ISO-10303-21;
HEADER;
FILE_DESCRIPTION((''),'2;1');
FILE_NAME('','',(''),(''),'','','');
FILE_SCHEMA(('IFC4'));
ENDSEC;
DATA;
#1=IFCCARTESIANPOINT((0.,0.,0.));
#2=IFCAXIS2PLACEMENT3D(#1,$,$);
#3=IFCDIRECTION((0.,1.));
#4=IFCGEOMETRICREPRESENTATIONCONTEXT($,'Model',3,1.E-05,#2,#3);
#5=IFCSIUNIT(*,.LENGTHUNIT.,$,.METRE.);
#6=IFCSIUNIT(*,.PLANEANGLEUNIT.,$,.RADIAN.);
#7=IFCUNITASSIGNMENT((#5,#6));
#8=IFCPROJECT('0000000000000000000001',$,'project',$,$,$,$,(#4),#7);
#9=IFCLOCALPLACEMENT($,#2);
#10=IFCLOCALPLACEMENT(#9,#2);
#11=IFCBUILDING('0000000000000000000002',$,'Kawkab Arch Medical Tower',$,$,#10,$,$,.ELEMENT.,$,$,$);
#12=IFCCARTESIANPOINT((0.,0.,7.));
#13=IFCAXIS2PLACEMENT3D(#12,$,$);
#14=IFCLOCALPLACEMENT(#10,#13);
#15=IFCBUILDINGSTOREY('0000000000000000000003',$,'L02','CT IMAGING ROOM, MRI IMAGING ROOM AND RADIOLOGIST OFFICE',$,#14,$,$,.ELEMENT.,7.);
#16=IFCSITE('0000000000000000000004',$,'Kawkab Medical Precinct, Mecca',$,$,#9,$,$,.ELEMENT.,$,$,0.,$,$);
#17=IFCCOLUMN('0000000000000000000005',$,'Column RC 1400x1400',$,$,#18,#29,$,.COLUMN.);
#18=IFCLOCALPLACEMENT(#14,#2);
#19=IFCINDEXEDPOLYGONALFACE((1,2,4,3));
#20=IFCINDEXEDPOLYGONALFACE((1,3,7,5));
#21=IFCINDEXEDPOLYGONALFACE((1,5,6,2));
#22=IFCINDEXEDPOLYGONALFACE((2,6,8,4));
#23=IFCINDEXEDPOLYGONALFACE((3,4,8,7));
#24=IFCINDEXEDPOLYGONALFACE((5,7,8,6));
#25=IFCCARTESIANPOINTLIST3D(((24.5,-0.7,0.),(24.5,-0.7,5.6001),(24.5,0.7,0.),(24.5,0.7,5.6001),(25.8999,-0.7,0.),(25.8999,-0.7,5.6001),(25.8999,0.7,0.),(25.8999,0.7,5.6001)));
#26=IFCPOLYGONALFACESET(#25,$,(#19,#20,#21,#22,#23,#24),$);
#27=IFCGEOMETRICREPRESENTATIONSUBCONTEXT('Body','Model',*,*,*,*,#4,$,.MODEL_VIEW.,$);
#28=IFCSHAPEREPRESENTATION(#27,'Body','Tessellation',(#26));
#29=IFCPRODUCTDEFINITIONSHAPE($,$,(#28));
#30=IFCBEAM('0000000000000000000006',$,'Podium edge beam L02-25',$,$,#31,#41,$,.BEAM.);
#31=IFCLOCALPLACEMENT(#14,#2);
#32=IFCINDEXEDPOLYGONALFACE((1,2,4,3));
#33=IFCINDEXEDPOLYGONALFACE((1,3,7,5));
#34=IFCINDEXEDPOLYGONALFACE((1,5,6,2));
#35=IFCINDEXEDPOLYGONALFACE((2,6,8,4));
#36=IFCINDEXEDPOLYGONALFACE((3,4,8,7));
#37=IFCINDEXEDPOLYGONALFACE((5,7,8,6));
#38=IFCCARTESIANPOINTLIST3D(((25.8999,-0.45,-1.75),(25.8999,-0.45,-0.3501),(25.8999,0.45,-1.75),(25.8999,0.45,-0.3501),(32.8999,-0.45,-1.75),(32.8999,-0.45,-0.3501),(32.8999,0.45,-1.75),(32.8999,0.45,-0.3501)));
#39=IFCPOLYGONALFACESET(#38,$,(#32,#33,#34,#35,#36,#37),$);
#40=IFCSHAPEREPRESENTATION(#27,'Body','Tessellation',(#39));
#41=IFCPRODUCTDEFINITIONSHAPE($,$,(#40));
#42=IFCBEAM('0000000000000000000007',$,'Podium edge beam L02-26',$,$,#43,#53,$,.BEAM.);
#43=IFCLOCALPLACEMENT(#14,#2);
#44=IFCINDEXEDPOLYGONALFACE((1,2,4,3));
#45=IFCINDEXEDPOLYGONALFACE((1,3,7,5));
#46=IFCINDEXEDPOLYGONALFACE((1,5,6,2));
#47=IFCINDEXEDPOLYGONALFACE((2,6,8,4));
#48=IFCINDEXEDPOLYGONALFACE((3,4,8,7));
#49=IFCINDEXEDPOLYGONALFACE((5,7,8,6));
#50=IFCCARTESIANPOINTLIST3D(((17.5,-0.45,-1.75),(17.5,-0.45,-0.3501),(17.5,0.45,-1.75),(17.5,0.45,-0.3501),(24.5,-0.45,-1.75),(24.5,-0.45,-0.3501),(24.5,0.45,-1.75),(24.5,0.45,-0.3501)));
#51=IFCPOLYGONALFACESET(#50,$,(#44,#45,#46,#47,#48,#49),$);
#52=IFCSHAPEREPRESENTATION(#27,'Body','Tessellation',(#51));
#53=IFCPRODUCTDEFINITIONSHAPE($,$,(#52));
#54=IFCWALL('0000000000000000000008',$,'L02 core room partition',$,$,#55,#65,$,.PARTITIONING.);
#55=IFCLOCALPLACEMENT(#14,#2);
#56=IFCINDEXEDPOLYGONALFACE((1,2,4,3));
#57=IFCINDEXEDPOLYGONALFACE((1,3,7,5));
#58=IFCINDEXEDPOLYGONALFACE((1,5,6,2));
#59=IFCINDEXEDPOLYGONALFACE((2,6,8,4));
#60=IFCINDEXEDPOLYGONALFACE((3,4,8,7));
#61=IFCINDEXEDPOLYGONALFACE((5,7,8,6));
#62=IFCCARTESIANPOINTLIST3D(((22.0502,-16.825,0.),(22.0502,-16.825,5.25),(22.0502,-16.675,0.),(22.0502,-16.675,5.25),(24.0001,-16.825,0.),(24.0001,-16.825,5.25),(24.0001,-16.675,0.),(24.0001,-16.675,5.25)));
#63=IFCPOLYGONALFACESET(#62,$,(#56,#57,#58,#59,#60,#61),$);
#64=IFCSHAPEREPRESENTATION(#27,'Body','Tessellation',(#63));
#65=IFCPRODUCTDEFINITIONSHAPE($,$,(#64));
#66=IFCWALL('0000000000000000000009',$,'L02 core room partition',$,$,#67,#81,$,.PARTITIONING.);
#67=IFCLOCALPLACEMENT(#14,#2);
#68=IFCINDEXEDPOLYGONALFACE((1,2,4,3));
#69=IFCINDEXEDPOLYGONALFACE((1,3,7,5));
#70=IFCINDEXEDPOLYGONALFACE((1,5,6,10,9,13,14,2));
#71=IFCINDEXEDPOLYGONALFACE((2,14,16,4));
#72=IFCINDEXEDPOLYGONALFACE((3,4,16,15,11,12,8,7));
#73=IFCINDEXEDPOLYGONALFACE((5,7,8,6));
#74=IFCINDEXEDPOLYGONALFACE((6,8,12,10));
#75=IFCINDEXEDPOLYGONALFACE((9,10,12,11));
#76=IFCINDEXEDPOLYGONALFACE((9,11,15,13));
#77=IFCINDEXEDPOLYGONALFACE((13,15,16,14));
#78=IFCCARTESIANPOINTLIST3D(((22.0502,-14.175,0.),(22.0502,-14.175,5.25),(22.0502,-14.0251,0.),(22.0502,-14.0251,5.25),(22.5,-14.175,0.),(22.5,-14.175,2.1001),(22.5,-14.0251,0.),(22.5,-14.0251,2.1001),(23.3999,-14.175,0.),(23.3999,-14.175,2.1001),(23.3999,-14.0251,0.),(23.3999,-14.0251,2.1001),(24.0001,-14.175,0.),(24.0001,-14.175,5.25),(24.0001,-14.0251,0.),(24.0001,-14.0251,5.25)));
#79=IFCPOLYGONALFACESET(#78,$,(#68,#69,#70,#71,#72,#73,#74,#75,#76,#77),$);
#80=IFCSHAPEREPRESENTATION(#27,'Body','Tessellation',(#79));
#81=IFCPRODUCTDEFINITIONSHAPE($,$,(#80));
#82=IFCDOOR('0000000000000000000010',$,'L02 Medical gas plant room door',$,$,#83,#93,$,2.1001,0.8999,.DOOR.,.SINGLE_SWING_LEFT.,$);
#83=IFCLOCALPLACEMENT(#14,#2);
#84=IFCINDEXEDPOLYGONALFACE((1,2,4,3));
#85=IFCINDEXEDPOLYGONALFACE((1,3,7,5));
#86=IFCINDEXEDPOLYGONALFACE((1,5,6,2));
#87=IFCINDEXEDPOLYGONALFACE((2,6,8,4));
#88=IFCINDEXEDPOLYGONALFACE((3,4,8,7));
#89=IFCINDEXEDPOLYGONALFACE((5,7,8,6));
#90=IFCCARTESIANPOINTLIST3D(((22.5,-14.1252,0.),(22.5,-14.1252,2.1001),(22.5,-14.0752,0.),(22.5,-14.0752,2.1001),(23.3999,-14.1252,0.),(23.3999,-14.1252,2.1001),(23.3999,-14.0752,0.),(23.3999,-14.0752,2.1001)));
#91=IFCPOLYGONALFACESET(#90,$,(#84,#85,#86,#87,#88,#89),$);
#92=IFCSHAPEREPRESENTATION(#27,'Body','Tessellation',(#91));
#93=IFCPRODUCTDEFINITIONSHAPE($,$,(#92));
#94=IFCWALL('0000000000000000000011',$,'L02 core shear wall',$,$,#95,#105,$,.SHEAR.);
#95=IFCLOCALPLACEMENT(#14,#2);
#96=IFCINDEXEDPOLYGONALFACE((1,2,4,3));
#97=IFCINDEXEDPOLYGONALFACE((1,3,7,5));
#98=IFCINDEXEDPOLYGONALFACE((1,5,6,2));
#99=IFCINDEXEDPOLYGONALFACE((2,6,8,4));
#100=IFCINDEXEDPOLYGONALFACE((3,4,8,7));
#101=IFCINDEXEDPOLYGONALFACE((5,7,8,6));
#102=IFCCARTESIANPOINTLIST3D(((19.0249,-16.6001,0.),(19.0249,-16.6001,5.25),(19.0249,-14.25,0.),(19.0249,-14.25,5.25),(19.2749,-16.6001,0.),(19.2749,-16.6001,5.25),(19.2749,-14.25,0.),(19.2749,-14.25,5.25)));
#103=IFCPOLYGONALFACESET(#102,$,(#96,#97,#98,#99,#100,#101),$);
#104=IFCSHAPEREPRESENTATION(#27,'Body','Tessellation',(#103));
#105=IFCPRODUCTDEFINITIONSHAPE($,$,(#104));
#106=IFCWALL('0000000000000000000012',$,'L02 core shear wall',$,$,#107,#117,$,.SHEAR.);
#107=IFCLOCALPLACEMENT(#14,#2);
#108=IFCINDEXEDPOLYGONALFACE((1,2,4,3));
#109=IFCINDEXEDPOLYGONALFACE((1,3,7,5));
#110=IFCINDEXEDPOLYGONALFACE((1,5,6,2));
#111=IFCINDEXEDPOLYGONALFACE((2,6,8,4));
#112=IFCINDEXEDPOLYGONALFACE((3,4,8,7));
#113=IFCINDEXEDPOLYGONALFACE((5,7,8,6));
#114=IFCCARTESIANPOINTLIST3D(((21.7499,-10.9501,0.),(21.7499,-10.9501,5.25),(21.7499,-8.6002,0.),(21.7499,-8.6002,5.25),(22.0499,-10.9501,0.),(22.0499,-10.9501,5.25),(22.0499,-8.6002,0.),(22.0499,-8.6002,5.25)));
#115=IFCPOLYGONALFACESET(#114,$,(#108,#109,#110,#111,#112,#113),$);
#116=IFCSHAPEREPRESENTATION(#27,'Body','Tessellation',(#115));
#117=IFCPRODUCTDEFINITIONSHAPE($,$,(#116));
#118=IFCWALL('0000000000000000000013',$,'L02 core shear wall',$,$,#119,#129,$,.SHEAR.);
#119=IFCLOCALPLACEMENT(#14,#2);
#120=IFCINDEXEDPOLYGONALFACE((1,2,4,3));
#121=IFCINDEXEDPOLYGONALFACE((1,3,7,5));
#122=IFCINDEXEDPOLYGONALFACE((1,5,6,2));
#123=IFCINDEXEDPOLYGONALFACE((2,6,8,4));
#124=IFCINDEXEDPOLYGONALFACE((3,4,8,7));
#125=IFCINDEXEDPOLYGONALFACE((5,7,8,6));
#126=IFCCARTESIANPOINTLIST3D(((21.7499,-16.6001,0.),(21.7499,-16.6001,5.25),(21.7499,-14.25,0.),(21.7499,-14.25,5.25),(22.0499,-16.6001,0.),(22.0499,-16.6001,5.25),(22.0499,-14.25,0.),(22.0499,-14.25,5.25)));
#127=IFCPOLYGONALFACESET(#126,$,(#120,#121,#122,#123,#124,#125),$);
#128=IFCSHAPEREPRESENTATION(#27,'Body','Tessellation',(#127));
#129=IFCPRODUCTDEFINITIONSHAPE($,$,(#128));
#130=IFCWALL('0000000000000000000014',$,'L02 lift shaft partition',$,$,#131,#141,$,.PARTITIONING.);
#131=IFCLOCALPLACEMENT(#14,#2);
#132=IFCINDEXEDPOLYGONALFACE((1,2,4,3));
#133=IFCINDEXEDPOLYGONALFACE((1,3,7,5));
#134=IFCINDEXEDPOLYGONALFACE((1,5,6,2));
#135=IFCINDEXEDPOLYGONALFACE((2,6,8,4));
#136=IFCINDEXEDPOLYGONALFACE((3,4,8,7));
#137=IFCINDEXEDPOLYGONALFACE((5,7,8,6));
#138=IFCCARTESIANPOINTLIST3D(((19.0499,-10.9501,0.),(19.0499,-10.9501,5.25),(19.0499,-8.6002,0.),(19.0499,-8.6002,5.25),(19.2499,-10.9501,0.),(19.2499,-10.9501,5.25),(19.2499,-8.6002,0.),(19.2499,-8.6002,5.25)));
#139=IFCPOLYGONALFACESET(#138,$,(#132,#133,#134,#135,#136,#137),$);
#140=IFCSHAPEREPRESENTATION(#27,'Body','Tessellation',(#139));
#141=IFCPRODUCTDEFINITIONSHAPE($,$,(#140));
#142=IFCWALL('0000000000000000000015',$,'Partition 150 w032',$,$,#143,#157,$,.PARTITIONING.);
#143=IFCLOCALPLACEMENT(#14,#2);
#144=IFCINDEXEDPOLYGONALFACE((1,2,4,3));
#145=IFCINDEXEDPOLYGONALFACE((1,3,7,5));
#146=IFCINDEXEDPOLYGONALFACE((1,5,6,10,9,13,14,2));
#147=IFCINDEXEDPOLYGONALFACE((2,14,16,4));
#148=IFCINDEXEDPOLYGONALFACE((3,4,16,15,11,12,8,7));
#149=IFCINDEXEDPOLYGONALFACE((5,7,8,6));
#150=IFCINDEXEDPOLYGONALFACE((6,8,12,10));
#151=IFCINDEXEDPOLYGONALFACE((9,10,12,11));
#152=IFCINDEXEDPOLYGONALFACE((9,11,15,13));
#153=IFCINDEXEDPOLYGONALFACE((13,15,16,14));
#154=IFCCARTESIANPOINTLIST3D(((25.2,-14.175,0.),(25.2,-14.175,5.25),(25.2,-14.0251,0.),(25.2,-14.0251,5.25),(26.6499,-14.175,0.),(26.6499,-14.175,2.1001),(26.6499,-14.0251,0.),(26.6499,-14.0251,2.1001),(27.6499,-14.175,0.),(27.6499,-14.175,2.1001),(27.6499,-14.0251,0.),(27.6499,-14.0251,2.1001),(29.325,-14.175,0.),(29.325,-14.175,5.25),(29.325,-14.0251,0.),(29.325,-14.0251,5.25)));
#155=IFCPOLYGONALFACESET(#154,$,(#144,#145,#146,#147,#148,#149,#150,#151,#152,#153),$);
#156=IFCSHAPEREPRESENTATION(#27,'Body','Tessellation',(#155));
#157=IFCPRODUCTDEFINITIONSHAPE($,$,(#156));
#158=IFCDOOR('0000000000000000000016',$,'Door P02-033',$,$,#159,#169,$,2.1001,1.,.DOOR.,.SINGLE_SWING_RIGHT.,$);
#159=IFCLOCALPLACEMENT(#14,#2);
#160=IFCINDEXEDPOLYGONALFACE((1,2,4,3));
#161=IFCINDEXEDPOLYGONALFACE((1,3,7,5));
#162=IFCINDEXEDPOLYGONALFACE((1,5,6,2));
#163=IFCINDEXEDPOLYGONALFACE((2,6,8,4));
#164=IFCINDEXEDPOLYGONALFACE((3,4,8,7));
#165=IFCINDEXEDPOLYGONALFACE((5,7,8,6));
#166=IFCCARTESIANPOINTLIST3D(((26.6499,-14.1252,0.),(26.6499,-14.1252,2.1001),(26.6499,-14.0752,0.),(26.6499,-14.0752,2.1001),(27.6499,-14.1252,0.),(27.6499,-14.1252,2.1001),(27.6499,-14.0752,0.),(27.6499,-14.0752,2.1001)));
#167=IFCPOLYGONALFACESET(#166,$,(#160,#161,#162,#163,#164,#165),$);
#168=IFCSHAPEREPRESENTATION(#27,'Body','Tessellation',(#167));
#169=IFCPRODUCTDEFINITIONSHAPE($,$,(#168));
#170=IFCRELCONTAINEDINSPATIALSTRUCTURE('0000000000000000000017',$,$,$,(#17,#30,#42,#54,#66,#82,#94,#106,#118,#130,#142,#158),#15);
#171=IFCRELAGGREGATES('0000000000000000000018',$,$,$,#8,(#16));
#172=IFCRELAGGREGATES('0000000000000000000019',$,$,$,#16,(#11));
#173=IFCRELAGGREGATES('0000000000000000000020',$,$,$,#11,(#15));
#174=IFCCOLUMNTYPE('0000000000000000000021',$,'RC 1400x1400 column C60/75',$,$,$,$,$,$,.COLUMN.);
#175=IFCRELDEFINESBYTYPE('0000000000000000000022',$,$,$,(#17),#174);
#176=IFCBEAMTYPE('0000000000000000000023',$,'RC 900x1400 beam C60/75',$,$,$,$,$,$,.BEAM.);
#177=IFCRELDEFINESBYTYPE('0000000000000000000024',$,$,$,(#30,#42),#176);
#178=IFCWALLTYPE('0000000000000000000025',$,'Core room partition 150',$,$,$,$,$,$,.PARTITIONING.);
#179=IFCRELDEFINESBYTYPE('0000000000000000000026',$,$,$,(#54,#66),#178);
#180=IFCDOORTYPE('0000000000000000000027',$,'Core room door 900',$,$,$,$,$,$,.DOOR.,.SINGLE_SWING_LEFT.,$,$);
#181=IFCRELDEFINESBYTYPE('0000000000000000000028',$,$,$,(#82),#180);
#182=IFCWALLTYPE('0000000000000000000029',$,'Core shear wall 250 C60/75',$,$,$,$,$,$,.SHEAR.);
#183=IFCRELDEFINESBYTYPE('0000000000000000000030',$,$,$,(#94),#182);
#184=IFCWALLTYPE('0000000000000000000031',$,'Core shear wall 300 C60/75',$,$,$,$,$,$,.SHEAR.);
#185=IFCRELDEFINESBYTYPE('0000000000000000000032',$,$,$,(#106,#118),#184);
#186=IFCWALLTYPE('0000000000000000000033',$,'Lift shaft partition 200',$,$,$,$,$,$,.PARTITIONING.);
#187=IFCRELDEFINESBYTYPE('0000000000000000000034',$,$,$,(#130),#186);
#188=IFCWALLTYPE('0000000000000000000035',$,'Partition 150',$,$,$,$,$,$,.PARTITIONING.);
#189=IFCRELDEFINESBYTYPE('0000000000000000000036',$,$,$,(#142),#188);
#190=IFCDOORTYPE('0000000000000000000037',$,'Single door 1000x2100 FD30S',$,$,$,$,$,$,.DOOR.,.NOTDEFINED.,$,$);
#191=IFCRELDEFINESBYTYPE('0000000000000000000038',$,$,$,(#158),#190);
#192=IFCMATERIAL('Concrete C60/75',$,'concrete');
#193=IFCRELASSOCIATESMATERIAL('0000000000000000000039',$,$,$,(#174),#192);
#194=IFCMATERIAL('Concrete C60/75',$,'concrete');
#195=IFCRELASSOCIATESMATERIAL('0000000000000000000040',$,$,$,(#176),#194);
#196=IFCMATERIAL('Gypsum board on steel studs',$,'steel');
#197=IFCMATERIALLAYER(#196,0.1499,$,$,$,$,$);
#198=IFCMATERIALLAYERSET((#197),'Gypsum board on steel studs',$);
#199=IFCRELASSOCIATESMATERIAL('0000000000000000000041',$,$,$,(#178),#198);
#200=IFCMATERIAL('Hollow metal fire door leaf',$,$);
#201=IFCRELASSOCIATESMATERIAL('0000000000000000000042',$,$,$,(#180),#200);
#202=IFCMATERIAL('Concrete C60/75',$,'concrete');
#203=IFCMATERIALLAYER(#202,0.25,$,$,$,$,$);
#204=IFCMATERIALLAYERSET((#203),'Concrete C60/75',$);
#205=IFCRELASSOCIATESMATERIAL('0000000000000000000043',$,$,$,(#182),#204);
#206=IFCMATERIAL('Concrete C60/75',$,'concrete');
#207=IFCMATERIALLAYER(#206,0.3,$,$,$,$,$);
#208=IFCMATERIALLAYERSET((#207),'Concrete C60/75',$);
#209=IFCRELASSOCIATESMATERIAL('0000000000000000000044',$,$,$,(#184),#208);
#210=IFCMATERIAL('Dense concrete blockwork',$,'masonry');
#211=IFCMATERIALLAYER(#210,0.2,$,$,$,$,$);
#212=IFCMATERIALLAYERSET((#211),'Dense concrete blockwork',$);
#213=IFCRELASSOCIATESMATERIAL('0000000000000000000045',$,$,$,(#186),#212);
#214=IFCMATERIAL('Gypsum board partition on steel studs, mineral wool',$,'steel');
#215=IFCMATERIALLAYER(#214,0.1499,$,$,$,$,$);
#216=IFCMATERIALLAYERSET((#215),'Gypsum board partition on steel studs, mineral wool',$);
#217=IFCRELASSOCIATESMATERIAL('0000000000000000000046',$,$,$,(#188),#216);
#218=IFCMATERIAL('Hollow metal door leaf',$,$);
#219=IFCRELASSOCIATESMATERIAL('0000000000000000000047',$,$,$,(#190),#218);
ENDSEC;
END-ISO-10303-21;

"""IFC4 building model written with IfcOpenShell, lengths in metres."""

from ifc_helpers import new_model, si_unit, direction, frame, frame_2d, origin, origin_2d, place, context, subcontext, project, spatial, rectangle, extrude, material, layer, layer_set, material_profile, profile_set, type_object, element, fill, save


model = new_model("IFC4")

# Units and contexts
model_context = context("Model", 3, precision=1e-05, world=origin(), true_north=direction((0.0, 1.0)))
body_context = subcontext(model_context, "Body", "Model", "MODEL_VIEW")
ifc_project = project(units=[si_unit("LENGTHUNIT", "METRE"), si_unit("PLANEANGLEUNIT", "RADIAN")], contexts=[model_context])

# Site, building, storey
site_placement = place(None, origin())
site = spatial("IfcSite", under=ifc_project, at=site_placement, Name="Kawkab Medical Precinct, Mecca", CompositionType="ELEMENT", RefElevation=0.0)
building_placement = place(site_placement, origin())
building = spatial("IfcBuilding", under=site, at=building_placement, Name="Kawkab Arch Medical Tower", CompositionType="ELEMENT")
storey_placement = place(building_placement, frame((0.0, 0.0, 7.0)))
storey = spatial("IfcBuildingStorey", under=building, at=storey_placement, Name="L02", Description="CT IMAGING ROOM, MRI IMAGING ROOM AND RADIOLOGIST OFFICE", CompositionType="ELEMENT", Elevation=7.0)

# Column
ifc_material_1 = material(Name="Concrete C60/75", Category="concrete")
ifc_material_profile_1 = material_profile(ifc_material_1, rectangle(XDim=1.3999, YDim=1.3999, at=origin_2d()), Name="RC 1400x1400")
ifc_profile_set_1 = profile_set([ifc_material_profile_1], Name="Concrete C60/75")
column_type = type_object("IfcColumnType", Name="RC 1400x1400 column C60/75", PredefinedType="COLUMN", material=ifc_profile_set_1)
column_placement = place(storey_placement, frame((25.2, 0.0, 0.0), z_axis=(0.0, 0.0, 1.0), x_axis=(1.0, 0.0, 0.0)))
element("IfcColumn", 1, at=column_placement, inside=storey, type_object=column_type, Name="Column RC 1400x1400", PredefinedType="COLUMN", context=body_context, shape_type="SweptSolid", body=[
    extrude(rectangle(XDim=1.3999, YDim=1.3999, at=origin_2d()), origin(), (0.0, 0.0, 1.0), 5.6001),
])

# Beams
ifc_material_2 = material(Name="Concrete C60/75", Category="concrete")
ifc_material_profile_2 = material_profile(ifc_material_2, rectangle(XDim=0.8999, YDim=1.3999, at=origin_2d()), Name="RC 900x1400")
ifc_profile_set_2 = profile_set([ifc_material_profile_2], Name="Concrete C60/75")
beam_type = type_object("IfcBeamType", Name="RC 900x1400 beam C60/75", PredefinedType="BEAM", material=ifc_profile_set_2)
for number, where, z_axis, x_axis, name in (
    (2, (32.8999, 0.0, -1.05), (-1.0, 0.0, 0.0), (0.0, -1.0, 0.0), "Podium edge beam L02-25"),
    (3, (24.5, 0.0, -1.05), (-1.0, 0.0, 0.0), (0.0, -1.0, 0.0), "Podium edge beam L02-26"),
):
    element("IfcBeam", number, at=place(storey_placement, frame(where, z_axis=z_axis, x_axis=x_axis)), inside=storey, type_object=beam_type, Name=name, PredefinedType="BEAM", context=body_context, shape_type="SweptSolid", body=[
        extrude(rectangle(XDim=0.8999, YDim=1.3999, at=origin_2d()), origin(), (0.0, 0.0, 1.0), 7.0),
    ])

# Wall
ifc_material_3 = material(Name="Gypsum board on steel studs", Category="steel")
ifc_layer_1 = layer(ifc_material_3, 0.1499)
ifc_layer_set_1 = layer_set([ifc_layer_1], Name="Gypsum board on steel studs")
wall_type_1 = type_object("IfcWallType", Name="Core room partition 150", PredefinedType="PARTITIONING", material=ifc_layer_set_1)
wall_1_placement = place(storey_placement, frame((22.05, -16.75, 0.0), z_axis=(0.0, 0.0, 1.0), x_axis=(1.0, 0.0, 0.0)))
element("IfcWall", 4, at=wall_1_placement, inside=storey, type_object=wall_type_1, Name="L02 core room partition", PredefinedType="PARTITIONING", context=body_context, shape_type="SweptSolid", body=[
    extrude(rectangle(XDim=1.95, YDim=0.1499, at=frame_2d((0.9751, 0.0))), origin(), (0.0, 0.0, 1.0), 5.25),
])

# Wall, opening, door
wall_2_placement = place(storey_placement, frame((22.05, -14.1001, 0.0), z_axis=(0.0, 0.0, 1.0), x_axis=(1.0, 0.0, 0.0)))
wall_2 = element("IfcWall", 5, at=wall_2_placement, inside=storey, type_object=wall_type_1, Name="L02 core room partition", PredefinedType="PARTITIONING", context=body_context, shape_type="SweptSolid", body=[
    extrude(rectangle(XDim=1.95, YDim=0.1499, at=frame_2d((0.9751, 0.0))), origin(), (0.0, 0.0, 1.0), 5.25),
])
opening_1_placement = place(wall_2_placement, frame((0.45, 0.0, 0.0)))
opening_1 = element("IfcOpeningElement", 6, at=opening_1_placement, cuts=wall_2, PredefinedType="OPENING", context=body_context, shape_type="SweptSolid", body=[
    extrude(rectangle(XDim=0.8999, YDim=2.1001, at=frame_2d((0.45, 1.05))), frame((0.0, 0.085, 0.0), z_axis=(0.0, -1.0, 0.0), x_axis=(1.0, 0.0, 0.0)), (0.0, 0.0, 1.0), 0.1699),
])
ifc_material_4 = material(Name="Hollow metal fire door leaf")
door_type_1 = type_object("IfcDoorType", Name="Core room door 900", OperationType="SINGLE_SWING_LEFT", PredefinedType="DOOR", material=ifc_material_4)
door_1_placement = place(opening_1_placement, origin())
door_1 = element("IfcDoor", 7, at=door_1_placement, inside=storey, type_object=door_type_1, Name="L02 Medical gas plant room door", OperationType="SINGLE_SWING_LEFT", OverallHeight=2.1001, OverallWidth=0.8999, PredefinedType="DOOR", context=body_context, shape_type="SweptSolid", body=[
    extrude(rectangle(XDim=0.8999, YDim=2.1001, at=frame_2d((0.45, 1.05))), frame((0.0, 0.0249, 0.0), z_axis=(0.0, -1.0, 0.0), x_axis=(1.0, 0.0, 0.0)), (0.0, 0.0, 1.0), 0.05),
])
fill(opening_1, door_1)

# Walls
ifc_material_5 = material(Name="Concrete C60/75", Category="concrete")
ifc_layer_2 = layer(ifc_material_5, 0.25)
ifc_layer_set_2 = layer_set([ifc_layer_2], Name="Concrete C60/75")
wall_type_2 = type_object("IfcWallType", Name="Core shear wall 250 C60/75", PredefinedType="SHEAR", material=ifc_layer_set_2)
wall_3_placement = place(storey_placement, frame((19.1499, -16.6001, 0.0), z_axis=(0.0, 0.0, 1.0), x_axis=(0.0, 1.0, 0.0)))
element("IfcWall", 8, at=wall_3_placement, inside=storey, type_object=wall_type_2, Name="L02 core shear wall", PredefinedType="SHEAR", context=body_context, shape_type="SweptSolid", body=[
    extrude(rectangle(XDim=2.3501, YDim=0.25, at=frame_2d((1.175, 0.0))), origin(), (0.0, 0.0, 1.0), 5.25),
])
ifc_material_6 = material(Name="Concrete C60/75", Category="concrete")
ifc_layer_3 = layer(ifc_material_6, 0.3)
ifc_layer_set_3 = layer_set([ifc_layer_3], Name="Concrete C60/75")
wall_type_3 = type_object("IfcWallType", Name="Core shear wall 300 C60/75", PredefinedType="SHEAR", material=ifc_layer_set_3)
wall_4_placement = place(storey_placement, frame((21.8999, -10.95, 0.0), z_axis=(0.0, 0.0, 1.0), x_axis=(0.0, 1.0, 0.0)))
element("IfcWall", 9, at=wall_4_placement, inside=storey, type_object=wall_type_3, Name="L02 core shear wall", PredefinedType="SHEAR", context=body_context, shape_type="SweptSolid", body=[
    extrude(rectangle(XDim=2.3499, YDim=0.3, at=frame_2d((1.1748, 0.0))), origin(), (0.0, 0.0, 1.0), 5.25),
])
wall_5_placement = place(storey_placement, frame((21.8999, -16.6001, 0.0), z_axis=(0.0, 0.0, 1.0), x_axis=(0.0, 1.0, 0.0)))
element("IfcWall", 10, at=wall_5_placement, inside=storey, type_object=wall_type_3, Name="L02 core shear wall", PredefinedType="SHEAR", context=body_context, shape_type="SweptSolid", body=[
    extrude(rectangle(XDim=2.3501, YDim=0.3, at=frame_2d((1.175, 0.0))), origin(), (0.0, 0.0, 1.0), 5.25),
])
ifc_material_7 = material(Name="Dense concrete blockwork", Category="masonry")
ifc_layer_4 = layer(ifc_material_7, 0.2)
ifc_layer_set_4 = layer_set([ifc_layer_4], Name="Dense concrete blockwork")
wall_type_4 = type_object("IfcWallType", Name="Lift shaft partition 200", PredefinedType="PARTITIONING", material=ifc_layer_set_4)
wall_6_placement = place(storey_placement, frame((19.1499, -10.95, 0.0), z_axis=(0.0, 0.0, 1.0), x_axis=(0.0, 1.0, 0.0)))
element("IfcWall", 11, at=wall_6_placement, inside=storey, type_object=wall_type_4, Name="L02 lift shaft partition", PredefinedType="PARTITIONING", context=body_context, shape_type="SweptSolid", body=[
    extrude(rectangle(XDim=2.3499, YDim=0.2, at=frame_2d((1.1748, 0.0))), origin(), (0.0, 0.0, 1.0), 5.25),
])

# Wall, opening, door
ifc_material_8 = material(Name="Gypsum board partition on steel studs, mineral wool", Category="steel")
ifc_layer_5 = layer(ifc_material_8, 0.1499)
ifc_layer_set_5 = layer_set([ifc_layer_5], Name="Gypsum board partition on steel studs, mineral wool")
wall_type_5 = type_object("IfcWallType", Name="Partition 150", PredefinedType="PARTITIONING", material=ifc_layer_set_5)
wall_7_placement = place(storey_placement, frame((25.2, -14.1001, 0.0), z_axis=(0.0, 0.0, 1.0), x_axis=(1.0, 0.0, 0.0)))
wall_7 = element("IfcWall", 12, at=wall_7_placement, inside=storey, type_object=wall_type_5, Name="Partition 150 w032", PredefinedType="PARTITIONING", context=body_context, shape_type="SweptSolid", body=[
    extrude(rectangle(XDim=4.125, YDim=0.1499, at=frame_2d((2.0625, 0.0))), origin(), (0.0, 0.0, 1.0), 5.25),
])
opening_2_placement = place(wall_7_placement, frame((1.45, 0.0, 0.0)))
opening_2 = element("IfcOpeningElement", 13, at=opening_2_placement, cuts=wall_7, PredefinedType="OPENING", context=body_context, shape_type="SweptSolid", body=[
    extrude(rectangle(XDim=1.0, YDim=2.1001, at=frame_2d((0.5, 1.05))), frame((0.0, 0.085, 0.0), z_axis=(0.0, -1.0, 0.0), x_axis=(1.0, 0.0, 0.0)), (0.0, 0.0, 1.0), 0.1699),
])
ifc_material_9 = material(Name="Hollow metal door leaf")
door_type_2 = type_object("IfcDoorType", Name="Single door 1000x2100 FD30S", OperationType="NOTDEFINED", PredefinedType="DOOR", material=ifc_material_9)
door_2_placement = place(opening_2_placement, origin())
door_2 = element("IfcDoor", 14, at=door_2_placement, inside=storey, type_object=door_type_2, Name="Door P02-033", OperationType="SINGLE_SWING_RIGHT", OverallHeight=2.1001, OverallWidth=1.0, PredefinedType="DOOR", context=body_context, shape_type="SweptSolid", body=[
    extrude(rectangle(XDim=1.0, YDim=2.1001, at=frame_2d((0.5, 1.05))), frame((0.0, 0.0249, 0.0), z_axis=(0.0, -1.0, 0.0), x_axis=(1.0, 0.0, 0.0)), (0.0, 0.0, 1.0), 0.05),
])
fill(opening_2, door_2)

save(model, "model.ifc")
